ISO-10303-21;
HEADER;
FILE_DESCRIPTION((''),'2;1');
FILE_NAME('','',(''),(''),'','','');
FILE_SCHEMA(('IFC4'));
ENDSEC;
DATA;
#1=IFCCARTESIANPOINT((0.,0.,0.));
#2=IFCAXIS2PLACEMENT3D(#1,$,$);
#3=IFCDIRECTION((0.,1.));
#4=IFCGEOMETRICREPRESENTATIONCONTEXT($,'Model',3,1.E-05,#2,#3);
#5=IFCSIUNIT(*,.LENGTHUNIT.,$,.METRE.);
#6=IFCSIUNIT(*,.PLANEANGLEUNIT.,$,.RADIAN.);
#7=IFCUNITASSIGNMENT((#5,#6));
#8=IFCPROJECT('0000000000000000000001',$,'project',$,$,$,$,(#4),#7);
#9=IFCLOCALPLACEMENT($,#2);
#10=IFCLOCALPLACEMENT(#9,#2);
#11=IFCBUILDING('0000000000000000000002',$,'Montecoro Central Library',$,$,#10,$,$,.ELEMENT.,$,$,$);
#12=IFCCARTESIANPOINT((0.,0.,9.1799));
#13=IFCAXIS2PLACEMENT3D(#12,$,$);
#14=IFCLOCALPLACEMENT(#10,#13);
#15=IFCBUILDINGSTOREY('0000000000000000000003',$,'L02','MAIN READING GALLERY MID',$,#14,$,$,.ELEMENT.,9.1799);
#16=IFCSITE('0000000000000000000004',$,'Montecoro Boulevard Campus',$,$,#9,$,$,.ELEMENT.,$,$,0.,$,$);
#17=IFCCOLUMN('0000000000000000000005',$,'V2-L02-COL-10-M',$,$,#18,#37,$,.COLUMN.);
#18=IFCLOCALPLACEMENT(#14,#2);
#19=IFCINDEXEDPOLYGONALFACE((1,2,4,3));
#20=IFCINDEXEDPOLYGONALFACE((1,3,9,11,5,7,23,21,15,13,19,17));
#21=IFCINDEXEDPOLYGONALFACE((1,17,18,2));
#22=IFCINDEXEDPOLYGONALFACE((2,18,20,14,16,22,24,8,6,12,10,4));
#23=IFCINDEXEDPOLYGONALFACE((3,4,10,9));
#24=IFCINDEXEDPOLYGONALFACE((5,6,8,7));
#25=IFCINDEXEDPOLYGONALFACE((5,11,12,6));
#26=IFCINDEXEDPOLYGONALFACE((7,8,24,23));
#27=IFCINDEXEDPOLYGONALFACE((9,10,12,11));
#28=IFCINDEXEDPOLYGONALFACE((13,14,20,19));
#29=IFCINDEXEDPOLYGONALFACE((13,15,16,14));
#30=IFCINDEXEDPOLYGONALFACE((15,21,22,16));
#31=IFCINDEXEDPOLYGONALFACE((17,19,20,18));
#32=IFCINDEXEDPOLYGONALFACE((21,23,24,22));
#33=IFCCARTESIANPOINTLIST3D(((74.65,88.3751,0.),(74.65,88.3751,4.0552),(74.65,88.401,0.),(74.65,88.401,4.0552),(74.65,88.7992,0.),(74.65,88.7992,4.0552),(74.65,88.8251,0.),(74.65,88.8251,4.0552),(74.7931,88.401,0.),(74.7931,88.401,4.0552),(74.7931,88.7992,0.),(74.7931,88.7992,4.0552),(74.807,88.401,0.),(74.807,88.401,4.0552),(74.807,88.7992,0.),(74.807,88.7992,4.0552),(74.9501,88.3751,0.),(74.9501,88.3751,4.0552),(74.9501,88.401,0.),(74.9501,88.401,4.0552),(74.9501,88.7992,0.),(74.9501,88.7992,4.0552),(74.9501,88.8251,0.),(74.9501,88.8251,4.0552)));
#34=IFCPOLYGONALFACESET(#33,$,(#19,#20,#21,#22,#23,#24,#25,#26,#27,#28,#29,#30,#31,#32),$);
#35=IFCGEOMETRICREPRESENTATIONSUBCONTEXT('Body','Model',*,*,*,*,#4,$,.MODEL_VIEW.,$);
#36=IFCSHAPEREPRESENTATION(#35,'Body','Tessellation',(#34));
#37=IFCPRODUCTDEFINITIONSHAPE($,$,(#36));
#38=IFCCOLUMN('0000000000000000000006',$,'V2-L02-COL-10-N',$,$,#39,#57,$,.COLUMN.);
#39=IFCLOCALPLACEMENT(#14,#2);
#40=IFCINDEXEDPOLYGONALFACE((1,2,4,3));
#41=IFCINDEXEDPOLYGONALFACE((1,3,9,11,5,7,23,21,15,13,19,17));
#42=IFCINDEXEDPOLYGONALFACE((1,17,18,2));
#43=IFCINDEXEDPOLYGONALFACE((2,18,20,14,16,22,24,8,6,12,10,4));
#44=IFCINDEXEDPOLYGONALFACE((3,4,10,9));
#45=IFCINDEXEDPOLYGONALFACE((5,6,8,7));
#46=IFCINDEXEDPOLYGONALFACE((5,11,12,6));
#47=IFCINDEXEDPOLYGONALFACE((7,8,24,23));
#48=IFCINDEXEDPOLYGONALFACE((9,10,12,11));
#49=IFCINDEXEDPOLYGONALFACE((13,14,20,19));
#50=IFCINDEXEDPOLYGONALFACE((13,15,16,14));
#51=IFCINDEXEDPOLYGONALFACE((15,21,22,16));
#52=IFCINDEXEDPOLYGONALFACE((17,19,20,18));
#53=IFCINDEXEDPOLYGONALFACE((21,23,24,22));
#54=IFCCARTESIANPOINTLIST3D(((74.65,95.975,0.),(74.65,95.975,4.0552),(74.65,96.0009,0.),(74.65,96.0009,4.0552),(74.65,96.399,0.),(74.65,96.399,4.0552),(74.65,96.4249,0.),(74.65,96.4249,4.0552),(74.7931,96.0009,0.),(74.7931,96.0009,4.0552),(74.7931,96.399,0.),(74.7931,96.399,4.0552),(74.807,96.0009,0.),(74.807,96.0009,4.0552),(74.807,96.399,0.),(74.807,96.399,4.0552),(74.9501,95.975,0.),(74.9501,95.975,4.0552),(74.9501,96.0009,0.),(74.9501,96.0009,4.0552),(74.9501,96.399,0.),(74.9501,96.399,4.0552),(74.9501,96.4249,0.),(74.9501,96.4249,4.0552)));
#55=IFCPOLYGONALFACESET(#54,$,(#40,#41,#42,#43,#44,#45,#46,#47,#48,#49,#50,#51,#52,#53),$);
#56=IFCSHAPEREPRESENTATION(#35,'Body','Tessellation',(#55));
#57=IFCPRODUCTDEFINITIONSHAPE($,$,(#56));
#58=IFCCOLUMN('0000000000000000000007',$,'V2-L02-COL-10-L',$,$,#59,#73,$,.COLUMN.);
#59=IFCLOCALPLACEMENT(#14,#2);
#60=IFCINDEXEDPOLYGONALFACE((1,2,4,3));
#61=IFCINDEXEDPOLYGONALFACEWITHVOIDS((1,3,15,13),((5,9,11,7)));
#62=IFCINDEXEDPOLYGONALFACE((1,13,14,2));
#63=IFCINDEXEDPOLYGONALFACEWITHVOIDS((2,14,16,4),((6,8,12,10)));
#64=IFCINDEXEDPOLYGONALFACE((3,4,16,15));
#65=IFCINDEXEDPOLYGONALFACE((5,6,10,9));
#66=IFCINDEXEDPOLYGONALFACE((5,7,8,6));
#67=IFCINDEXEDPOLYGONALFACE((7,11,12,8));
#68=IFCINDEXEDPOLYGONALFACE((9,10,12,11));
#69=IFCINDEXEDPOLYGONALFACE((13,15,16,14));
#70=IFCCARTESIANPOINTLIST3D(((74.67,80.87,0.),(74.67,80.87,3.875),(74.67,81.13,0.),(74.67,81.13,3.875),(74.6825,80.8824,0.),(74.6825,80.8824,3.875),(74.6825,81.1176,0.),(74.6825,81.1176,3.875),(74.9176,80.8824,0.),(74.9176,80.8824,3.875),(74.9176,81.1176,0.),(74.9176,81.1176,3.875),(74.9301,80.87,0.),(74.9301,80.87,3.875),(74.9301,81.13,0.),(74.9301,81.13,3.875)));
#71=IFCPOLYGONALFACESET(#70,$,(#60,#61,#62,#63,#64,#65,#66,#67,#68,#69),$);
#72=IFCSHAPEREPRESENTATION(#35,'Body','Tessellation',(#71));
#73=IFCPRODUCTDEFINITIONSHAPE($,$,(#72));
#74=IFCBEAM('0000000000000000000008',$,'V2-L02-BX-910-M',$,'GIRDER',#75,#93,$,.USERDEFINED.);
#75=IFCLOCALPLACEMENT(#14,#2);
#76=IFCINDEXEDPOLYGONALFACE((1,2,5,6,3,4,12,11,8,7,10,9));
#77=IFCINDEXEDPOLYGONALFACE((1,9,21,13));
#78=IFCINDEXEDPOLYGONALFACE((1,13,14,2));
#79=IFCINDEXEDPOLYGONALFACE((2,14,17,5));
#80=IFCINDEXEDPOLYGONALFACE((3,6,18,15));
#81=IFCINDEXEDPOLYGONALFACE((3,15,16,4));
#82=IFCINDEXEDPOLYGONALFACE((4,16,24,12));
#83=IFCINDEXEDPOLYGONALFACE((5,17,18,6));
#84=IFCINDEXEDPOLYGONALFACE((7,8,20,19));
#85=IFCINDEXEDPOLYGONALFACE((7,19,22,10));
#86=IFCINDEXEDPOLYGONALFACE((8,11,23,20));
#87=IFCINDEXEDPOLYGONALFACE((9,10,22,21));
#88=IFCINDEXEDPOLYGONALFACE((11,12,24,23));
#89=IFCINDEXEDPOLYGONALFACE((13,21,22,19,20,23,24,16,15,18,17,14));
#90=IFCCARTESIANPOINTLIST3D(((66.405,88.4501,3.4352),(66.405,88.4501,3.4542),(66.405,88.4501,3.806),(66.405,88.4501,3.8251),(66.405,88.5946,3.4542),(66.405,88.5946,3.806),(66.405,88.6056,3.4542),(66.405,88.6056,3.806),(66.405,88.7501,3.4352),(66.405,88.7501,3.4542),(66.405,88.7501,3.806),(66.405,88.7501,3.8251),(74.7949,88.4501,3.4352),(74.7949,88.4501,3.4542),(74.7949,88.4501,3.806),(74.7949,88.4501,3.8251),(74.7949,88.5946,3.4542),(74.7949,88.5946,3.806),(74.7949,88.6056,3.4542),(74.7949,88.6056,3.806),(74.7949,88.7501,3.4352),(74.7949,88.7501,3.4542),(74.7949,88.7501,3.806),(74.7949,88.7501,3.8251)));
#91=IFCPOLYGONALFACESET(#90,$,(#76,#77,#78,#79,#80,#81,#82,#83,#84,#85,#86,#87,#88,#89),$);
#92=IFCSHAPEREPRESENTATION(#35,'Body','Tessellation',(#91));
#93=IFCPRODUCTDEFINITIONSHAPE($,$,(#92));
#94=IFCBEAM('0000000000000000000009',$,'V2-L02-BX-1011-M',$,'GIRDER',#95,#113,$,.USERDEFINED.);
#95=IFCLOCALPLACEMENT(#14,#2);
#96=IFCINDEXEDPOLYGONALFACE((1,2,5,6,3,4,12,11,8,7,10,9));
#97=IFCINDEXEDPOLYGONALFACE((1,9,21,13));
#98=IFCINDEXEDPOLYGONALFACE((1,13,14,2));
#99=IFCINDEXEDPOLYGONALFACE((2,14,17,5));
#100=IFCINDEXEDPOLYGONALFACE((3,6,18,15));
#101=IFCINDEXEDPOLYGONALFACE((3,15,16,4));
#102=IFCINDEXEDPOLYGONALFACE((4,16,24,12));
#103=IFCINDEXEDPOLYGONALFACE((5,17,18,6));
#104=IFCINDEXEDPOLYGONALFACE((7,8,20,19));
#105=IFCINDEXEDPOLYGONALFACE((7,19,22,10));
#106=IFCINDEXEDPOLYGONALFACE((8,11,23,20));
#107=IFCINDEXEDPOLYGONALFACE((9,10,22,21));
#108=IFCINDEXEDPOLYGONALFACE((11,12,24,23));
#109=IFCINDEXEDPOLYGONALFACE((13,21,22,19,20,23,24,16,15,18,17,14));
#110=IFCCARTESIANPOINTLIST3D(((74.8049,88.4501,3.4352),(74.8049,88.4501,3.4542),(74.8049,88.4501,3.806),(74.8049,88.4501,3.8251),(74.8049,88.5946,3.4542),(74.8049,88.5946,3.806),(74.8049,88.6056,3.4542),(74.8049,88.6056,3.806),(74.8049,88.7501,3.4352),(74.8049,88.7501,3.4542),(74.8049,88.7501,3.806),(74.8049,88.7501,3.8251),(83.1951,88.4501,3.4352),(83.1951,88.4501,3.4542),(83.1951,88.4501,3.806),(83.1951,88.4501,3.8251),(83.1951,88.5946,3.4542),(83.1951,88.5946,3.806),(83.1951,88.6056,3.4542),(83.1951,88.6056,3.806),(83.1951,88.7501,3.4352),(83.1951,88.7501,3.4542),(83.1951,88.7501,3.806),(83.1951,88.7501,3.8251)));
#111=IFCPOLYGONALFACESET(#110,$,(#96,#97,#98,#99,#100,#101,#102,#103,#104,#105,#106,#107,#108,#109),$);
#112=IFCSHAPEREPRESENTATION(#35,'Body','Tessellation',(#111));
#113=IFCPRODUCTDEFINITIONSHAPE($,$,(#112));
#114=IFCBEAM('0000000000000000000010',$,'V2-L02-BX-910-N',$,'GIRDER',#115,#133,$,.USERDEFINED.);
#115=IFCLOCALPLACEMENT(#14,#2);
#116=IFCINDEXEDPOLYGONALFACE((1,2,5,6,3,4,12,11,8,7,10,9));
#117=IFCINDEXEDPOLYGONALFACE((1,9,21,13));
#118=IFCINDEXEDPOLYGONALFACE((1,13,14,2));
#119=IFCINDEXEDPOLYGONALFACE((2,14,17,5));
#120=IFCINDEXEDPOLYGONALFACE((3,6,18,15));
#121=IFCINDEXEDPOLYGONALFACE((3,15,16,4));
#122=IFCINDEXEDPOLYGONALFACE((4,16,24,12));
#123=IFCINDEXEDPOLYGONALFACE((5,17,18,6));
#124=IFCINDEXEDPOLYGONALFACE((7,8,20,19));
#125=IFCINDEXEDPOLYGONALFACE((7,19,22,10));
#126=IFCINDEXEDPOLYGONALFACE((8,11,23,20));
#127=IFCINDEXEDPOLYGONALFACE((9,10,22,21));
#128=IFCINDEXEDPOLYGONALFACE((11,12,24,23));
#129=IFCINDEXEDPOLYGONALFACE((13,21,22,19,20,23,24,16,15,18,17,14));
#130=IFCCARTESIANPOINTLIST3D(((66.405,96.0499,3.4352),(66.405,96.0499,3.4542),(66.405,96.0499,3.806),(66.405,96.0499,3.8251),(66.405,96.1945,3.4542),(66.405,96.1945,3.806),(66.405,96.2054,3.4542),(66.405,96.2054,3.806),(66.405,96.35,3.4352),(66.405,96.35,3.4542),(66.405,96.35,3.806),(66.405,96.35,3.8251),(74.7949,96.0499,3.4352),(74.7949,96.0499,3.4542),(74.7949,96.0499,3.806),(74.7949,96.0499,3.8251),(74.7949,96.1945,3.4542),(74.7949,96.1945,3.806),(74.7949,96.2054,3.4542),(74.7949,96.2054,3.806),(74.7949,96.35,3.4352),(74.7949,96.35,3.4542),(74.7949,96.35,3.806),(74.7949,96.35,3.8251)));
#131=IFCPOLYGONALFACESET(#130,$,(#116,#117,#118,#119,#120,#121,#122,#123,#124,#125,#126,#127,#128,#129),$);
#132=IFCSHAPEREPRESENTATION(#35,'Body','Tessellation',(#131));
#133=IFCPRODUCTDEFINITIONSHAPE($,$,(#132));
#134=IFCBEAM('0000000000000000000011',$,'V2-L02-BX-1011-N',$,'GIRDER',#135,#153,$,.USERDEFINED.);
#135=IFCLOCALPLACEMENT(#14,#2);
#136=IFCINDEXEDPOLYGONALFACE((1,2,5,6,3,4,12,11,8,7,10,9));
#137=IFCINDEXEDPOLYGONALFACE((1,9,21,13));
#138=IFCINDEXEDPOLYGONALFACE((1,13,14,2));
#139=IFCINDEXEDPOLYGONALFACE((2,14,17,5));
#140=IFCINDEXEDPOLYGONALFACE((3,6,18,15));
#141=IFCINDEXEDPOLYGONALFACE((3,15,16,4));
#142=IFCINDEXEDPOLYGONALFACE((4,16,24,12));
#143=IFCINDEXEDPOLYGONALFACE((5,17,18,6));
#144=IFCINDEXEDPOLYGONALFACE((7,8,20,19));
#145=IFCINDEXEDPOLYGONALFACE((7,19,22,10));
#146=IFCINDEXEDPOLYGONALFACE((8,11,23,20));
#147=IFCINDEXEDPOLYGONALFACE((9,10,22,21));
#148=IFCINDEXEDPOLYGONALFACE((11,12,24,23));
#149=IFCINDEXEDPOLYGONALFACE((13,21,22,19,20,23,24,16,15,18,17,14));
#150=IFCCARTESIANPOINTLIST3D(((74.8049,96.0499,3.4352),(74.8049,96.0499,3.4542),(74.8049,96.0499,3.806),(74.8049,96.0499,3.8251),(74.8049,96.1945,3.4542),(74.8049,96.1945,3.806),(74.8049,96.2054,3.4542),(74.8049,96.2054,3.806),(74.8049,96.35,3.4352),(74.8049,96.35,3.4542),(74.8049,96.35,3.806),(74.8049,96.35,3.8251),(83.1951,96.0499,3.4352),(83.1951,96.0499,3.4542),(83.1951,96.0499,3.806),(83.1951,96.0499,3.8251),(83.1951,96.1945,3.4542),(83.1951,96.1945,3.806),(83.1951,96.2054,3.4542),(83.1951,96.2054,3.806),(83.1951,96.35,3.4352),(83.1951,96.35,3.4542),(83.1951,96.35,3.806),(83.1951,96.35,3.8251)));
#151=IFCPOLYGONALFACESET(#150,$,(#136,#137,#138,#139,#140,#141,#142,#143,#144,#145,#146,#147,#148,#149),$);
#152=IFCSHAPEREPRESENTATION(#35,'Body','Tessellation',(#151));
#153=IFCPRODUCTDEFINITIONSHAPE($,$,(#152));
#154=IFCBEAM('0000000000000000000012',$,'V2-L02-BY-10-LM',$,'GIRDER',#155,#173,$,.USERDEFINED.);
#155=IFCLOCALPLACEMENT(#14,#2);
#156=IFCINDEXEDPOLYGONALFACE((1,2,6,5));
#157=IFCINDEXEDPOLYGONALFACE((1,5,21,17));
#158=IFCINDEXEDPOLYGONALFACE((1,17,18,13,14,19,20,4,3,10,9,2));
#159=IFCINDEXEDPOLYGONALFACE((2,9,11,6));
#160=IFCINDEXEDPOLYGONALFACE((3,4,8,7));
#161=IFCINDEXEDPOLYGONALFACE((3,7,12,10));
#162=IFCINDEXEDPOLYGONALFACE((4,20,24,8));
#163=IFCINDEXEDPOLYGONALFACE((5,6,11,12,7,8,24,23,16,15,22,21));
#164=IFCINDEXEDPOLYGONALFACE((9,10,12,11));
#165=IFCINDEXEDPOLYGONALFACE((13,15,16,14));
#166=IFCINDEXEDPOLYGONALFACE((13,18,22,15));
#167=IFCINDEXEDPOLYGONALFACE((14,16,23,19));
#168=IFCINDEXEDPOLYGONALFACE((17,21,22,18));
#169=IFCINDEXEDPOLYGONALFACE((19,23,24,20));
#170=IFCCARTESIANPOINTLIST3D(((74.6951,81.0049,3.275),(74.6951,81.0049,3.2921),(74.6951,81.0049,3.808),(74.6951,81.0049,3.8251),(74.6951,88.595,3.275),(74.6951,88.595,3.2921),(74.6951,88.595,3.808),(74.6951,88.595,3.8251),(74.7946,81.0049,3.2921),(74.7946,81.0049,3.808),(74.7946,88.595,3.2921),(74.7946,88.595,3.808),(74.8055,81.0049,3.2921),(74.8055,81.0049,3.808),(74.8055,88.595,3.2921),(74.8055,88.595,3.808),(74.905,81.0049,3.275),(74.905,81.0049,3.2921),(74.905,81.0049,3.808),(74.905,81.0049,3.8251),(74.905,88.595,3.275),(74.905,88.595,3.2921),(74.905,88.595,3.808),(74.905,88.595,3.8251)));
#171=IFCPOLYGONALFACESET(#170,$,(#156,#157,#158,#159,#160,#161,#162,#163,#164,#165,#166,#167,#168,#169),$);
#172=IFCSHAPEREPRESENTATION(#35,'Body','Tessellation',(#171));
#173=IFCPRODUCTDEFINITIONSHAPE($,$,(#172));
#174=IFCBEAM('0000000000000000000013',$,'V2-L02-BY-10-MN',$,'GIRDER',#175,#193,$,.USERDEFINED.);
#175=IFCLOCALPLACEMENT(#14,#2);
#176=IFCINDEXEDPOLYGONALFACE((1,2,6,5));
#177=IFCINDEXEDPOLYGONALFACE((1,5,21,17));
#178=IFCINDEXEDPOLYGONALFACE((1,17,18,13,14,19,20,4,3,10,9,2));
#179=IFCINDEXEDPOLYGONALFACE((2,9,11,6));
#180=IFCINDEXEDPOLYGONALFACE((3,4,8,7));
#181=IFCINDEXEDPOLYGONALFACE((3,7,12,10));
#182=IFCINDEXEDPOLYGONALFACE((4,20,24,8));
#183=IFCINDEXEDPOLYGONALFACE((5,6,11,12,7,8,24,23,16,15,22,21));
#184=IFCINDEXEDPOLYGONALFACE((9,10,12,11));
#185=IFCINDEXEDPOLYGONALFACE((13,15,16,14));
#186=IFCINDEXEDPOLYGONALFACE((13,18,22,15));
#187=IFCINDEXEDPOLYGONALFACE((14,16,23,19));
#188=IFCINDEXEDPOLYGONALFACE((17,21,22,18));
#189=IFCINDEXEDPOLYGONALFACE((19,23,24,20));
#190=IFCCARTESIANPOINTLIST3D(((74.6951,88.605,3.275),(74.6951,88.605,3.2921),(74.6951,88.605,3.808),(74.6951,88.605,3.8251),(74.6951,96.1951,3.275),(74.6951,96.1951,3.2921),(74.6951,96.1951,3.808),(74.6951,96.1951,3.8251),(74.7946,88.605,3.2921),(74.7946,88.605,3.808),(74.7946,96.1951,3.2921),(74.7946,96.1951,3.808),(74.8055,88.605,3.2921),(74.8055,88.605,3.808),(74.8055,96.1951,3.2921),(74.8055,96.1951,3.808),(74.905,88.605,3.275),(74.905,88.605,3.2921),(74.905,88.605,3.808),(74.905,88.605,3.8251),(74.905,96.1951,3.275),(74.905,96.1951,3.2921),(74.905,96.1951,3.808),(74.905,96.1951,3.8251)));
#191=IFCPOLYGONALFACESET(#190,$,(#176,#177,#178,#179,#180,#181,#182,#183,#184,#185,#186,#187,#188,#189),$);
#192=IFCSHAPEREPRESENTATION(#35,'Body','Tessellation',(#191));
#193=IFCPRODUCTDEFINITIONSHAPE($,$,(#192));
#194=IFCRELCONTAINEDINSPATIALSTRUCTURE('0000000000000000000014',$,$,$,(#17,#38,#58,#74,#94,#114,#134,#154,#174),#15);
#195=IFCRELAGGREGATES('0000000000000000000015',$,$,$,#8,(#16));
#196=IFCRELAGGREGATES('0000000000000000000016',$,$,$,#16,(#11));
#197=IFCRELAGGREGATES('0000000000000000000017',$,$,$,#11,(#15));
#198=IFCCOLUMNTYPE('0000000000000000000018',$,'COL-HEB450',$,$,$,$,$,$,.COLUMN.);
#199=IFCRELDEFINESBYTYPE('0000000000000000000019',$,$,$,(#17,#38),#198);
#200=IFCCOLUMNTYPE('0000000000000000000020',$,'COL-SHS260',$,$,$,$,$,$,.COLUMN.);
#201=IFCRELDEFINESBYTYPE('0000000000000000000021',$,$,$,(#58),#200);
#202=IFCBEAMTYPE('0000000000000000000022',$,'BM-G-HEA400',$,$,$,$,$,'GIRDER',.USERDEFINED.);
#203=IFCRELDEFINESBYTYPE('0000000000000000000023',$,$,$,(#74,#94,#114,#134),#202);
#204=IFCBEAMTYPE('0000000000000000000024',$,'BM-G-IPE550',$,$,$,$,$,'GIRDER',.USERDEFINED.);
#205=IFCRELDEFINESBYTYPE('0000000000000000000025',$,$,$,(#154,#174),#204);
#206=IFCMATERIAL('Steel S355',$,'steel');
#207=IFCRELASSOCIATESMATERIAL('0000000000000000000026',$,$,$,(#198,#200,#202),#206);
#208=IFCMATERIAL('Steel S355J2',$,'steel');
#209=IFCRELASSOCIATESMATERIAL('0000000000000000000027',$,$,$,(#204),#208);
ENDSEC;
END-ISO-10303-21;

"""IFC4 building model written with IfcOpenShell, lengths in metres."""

from ifc_helpers import new_model, si_unit, direction, frame, origin, origin_2d, place, context, subcontext, project, spatial, hollow_rectangle, i_section, extrude, material, material_profile, profile_set, type_object, element, save


model = new_model("IFC4")

# Units and contexts
model_context = context("Model", 3, precision=1e-05, world=origin(), true_north=direction((0.0, 1.0)))
body_context = subcontext(model_context, "Body", "Model", "MODEL_VIEW")
ifc_project = project(units=[si_unit("LENGTHUNIT", "METRE"), si_unit("PLANEANGLEUNIT", "RADIAN")], contexts=[model_context])

# Site, building, storey
site_placement = place(None, origin())
site = spatial("IfcSite", under=ifc_project, at=site_placement, Name="Montecoro Boulevard Campus", CompositionType="ELEMENT", RefElevation=0.0)
building_placement = place(site_placement, origin())
building = spatial("IfcBuilding", under=site, at=building_placement, Name="Montecoro Central Library", CompositionType="ELEMENT")
storey_placement = place(building_placement, frame((0.0, 0.0, 9.1799)))
storey = spatial("IfcBuildingStorey", under=building, at=storey_placement, Name="L02", Description="MAIN READING GALLERY MID", CompositionType="ELEMENT", Elevation=9.1799)

# Columns
ifc_material_1 = material(Name="Steel S355", Category="steel")
ifc_material_profile_1 = material_profile(ifc_material_1, i_section(OverallWidth=0.3, OverallDepth=0.45, WebThickness=0.0139, FlangeThickness=0.0259, at=origin_2d()), Name="HEB 450")
ifc_profile_set_1 = profile_set([ifc_material_profile_1], Name="Steel S355")
column_type_1 = type_object("IfcColumnType", Name="COL-HEB450", PredefinedType="COLUMN", material=ifc_profile_set_1)
for number, where, z_axis, x_axis, name in (
    (1, (74.8, 88.6001, 0.0), (0.0, 0.0, 1.0), (1.0, 0.0, 0.0), "V2-L02-COL-10-M"),
    (2, (74.8, 96.2, 0.0), (0.0, 0.0, 1.0), (1.0, 0.0, 0.0), "V2-L02-COL-10-N"),
):
    element("IfcColumn", number, at=place(storey_placement, frame(where, z_axis=z_axis, x_axis=x_axis)), inside=storey, type_object=column_type_1, Name=name, PredefinedType="COLUMN", context=body_context, shape_type="SweptSolid", body=[
        extrude(i_section(OverallWidth=0.3, OverallDepth=0.45, WebThickness=0.0139, FlangeThickness=0.0259, at=origin_2d()), origin(), (0.0, 0.0, 1.0), 4.0552),
    ])
ifc_material_profile_2 = material_profile(ifc_material_1, hollow_rectangle(XDim=0.26, YDim=0.26, WallThickness=0.0125, at=origin_2d()), Name="SHS 260x260x12.5")
ifc_profile_set_2 = profile_set([ifc_material_profile_2], Name="Steel S355")
column_type_2 = type_object("IfcColumnType", Name="COL-SHS260", PredefinedType="COLUMN", material=ifc_profile_set_2)
column_placement = place(storey_placement, frame((74.8, 81.0, 0.0), z_axis=(0.0, 0.0, 1.0), x_axis=(1.0, 0.0, 0.0)))
element("IfcColumn", 3, at=column_placement, inside=storey, type_object=column_type_2, Name="V2-L02-COL-10-L", PredefinedType="COLUMN", context=body_context, shape_type="SweptSolid", body=[
    extrude(hollow_rectangle(XDim=0.26, YDim=0.26, WallThickness=0.0125, at=origin_2d()), origin(), (0.0, 0.0, 1.0), 3.875),
])

# Beams
ifc_material_profile_3 = material_profile(ifc_material_1, i_section(OverallWidth=0.3, OverallDepth=0.3899, WebThickness=0.011, FlangeThickness=0.019, at=origin_2d()), Name="HEA 400")
ifc_profile_set_3 = profile_set([ifc_material_profile_3], Name="Steel S355")
beam_type_1 = type_object("IfcBeamType", Name="BM-G-HEA400", ElementType="GIRDER", PredefinedType="USERDEFINED", material=ifc_profile_set_3)
beam_1_placement = place(storey_placement, frame((66.405, 88.6001, 3.6301), z_axis=(1.0, 0.0, 0.0), x_axis=(0.0, 1.0, 0.0)))
element("IfcBeam", 4, at=beam_1_placement, inside=storey, type_object=beam_type_1, Name="V2-L02-BX-910-M", ObjectType="GIRDER", PredefinedType="USERDEFINED", context=body_context, shape_type="SweptSolid", body=[
    extrude(i_section(OverallWidth=0.3, OverallDepth=0.3899, WebThickness=0.011, FlangeThickness=0.019, at=origin_2d()), origin(), (0.0, 0.0, 1.0), 8.3899),
])
beam_2_placement = place(storey_placement, frame((74.8049, 88.6001, 3.6301), z_axis=(1.0, 0.0, 0.0), x_axis=(0.0, 1.0, 0.0)))
element("IfcBeam", 5, at=beam_2_placement, inside=storey, type_object=beam_type_1, Name="V2-L02-BX-1011-M", ObjectType="GIRDER", PredefinedType="USERDEFINED", context=body_context, shape_type="SweptSolid", body=[
    extrude(i_section(OverallWidth=0.3, OverallDepth=0.3899, WebThickness=0.011, FlangeThickness=0.019, at=origin_2d()), origin(), (0.0, 0.0, 1.0), 8.3901),
])
beam_3_placement = place(storey_placement, frame((66.405, 96.2, 3.6301), z_axis=(1.0, 0.0, 0.0), x_axis=(0.0, 1.0, 0.0)))
element("IfcBeam", 6, at=beam_3_placement, inside=storey, type_object=beam_type_1, Name="V2-L02-BX-910-N", ObjectType="GIRDER", PredefinedType="USERDEFINED", context=body_context, shape_type="SweptSolid", body=[
    extrude(i_section(OverallWidth=0.3, OverallDepth=0.3899, WebThickness=0.011, FlangeThickness=0.019, at=origin_2d()), origin(), (0.0, 0.0, 1.0), 8.3899),
])
beam_4_placement = place(storey_placement, frame((74.8049, 96.2, 3.6301), z_axis=(1.0, 0.0, 0.0), x_axis=(0.0, 1.0, 0.0)))
element("IfcBeam", 7, at=beam_4_placement, inside=storey, type_object=beam_type_1, Name="V2-L02-BX-1011-N", ObjectType="GIRDER", PredefinedType="USERDEFINED", context=body_context, shape_type="SweptSolid", body=[
    extrude(i_section(OverallWidth=0.3, OverallDepth=0.3899, WebThickness=0.011, FlangeThickness=0.019, at=origin_2d()), origin(), (0.0, 0.0, 1.0), 8.3901),
])
ifc_material_2 = material(Name="Steel S355J2", Category="steel")
ifc_material_profile_4 = material_profile(ifc_material_2, i_section(OverallWidth=0.21, OverallDepth=0.55, WebThickness=0.011, FlangeThickness=0.0171, at=origin_2d()), Name="IPE 550")
ifc_profile_set_4 = profile_set([ifc_material_profile_4], Name="Steel S355J2")
beam_type_2 = type_object("IfcBeamType", Name="BM-G-IPE550", ElementType="GIRDER", PredefinedType="USERDEFINED", material=ifc_profile_set_4)
for number, where, z_axis, x_axis, name in (
    (8, (74.8, 81.0049, 3.55), (0.0, 1.0, 0.0), (-1.0, 0.0, 0.0), "V2-L02-BY-10-LM"),
    (9, (74.8, 88.605, 3.55), (0.0, 1.0, 0.0), (-1.0, 0.0, 0.0), "V2-L02-BY-10-MN"),
):
    element("IfcBeam", number, at=place(storey_placement, frame(where, z_axis=z_axis, x_axis=x_axis)), inside=storey, type_object=beam_type_2, Name=name, ObjectType="GIRDER", PredefinedType="USERDEFINED", context=body_context, shape_type="SweptSolid", body=[
        extrude(i_section(OverallWidth=0.21, OverallDepth=0.55, WebThickness=0.011, FlangeThickness=0.0171, at=origin_2d()), origin(), (0.0, 0.0, 1.0), 7.5901),
    ])

save(model, "model.ifc")
